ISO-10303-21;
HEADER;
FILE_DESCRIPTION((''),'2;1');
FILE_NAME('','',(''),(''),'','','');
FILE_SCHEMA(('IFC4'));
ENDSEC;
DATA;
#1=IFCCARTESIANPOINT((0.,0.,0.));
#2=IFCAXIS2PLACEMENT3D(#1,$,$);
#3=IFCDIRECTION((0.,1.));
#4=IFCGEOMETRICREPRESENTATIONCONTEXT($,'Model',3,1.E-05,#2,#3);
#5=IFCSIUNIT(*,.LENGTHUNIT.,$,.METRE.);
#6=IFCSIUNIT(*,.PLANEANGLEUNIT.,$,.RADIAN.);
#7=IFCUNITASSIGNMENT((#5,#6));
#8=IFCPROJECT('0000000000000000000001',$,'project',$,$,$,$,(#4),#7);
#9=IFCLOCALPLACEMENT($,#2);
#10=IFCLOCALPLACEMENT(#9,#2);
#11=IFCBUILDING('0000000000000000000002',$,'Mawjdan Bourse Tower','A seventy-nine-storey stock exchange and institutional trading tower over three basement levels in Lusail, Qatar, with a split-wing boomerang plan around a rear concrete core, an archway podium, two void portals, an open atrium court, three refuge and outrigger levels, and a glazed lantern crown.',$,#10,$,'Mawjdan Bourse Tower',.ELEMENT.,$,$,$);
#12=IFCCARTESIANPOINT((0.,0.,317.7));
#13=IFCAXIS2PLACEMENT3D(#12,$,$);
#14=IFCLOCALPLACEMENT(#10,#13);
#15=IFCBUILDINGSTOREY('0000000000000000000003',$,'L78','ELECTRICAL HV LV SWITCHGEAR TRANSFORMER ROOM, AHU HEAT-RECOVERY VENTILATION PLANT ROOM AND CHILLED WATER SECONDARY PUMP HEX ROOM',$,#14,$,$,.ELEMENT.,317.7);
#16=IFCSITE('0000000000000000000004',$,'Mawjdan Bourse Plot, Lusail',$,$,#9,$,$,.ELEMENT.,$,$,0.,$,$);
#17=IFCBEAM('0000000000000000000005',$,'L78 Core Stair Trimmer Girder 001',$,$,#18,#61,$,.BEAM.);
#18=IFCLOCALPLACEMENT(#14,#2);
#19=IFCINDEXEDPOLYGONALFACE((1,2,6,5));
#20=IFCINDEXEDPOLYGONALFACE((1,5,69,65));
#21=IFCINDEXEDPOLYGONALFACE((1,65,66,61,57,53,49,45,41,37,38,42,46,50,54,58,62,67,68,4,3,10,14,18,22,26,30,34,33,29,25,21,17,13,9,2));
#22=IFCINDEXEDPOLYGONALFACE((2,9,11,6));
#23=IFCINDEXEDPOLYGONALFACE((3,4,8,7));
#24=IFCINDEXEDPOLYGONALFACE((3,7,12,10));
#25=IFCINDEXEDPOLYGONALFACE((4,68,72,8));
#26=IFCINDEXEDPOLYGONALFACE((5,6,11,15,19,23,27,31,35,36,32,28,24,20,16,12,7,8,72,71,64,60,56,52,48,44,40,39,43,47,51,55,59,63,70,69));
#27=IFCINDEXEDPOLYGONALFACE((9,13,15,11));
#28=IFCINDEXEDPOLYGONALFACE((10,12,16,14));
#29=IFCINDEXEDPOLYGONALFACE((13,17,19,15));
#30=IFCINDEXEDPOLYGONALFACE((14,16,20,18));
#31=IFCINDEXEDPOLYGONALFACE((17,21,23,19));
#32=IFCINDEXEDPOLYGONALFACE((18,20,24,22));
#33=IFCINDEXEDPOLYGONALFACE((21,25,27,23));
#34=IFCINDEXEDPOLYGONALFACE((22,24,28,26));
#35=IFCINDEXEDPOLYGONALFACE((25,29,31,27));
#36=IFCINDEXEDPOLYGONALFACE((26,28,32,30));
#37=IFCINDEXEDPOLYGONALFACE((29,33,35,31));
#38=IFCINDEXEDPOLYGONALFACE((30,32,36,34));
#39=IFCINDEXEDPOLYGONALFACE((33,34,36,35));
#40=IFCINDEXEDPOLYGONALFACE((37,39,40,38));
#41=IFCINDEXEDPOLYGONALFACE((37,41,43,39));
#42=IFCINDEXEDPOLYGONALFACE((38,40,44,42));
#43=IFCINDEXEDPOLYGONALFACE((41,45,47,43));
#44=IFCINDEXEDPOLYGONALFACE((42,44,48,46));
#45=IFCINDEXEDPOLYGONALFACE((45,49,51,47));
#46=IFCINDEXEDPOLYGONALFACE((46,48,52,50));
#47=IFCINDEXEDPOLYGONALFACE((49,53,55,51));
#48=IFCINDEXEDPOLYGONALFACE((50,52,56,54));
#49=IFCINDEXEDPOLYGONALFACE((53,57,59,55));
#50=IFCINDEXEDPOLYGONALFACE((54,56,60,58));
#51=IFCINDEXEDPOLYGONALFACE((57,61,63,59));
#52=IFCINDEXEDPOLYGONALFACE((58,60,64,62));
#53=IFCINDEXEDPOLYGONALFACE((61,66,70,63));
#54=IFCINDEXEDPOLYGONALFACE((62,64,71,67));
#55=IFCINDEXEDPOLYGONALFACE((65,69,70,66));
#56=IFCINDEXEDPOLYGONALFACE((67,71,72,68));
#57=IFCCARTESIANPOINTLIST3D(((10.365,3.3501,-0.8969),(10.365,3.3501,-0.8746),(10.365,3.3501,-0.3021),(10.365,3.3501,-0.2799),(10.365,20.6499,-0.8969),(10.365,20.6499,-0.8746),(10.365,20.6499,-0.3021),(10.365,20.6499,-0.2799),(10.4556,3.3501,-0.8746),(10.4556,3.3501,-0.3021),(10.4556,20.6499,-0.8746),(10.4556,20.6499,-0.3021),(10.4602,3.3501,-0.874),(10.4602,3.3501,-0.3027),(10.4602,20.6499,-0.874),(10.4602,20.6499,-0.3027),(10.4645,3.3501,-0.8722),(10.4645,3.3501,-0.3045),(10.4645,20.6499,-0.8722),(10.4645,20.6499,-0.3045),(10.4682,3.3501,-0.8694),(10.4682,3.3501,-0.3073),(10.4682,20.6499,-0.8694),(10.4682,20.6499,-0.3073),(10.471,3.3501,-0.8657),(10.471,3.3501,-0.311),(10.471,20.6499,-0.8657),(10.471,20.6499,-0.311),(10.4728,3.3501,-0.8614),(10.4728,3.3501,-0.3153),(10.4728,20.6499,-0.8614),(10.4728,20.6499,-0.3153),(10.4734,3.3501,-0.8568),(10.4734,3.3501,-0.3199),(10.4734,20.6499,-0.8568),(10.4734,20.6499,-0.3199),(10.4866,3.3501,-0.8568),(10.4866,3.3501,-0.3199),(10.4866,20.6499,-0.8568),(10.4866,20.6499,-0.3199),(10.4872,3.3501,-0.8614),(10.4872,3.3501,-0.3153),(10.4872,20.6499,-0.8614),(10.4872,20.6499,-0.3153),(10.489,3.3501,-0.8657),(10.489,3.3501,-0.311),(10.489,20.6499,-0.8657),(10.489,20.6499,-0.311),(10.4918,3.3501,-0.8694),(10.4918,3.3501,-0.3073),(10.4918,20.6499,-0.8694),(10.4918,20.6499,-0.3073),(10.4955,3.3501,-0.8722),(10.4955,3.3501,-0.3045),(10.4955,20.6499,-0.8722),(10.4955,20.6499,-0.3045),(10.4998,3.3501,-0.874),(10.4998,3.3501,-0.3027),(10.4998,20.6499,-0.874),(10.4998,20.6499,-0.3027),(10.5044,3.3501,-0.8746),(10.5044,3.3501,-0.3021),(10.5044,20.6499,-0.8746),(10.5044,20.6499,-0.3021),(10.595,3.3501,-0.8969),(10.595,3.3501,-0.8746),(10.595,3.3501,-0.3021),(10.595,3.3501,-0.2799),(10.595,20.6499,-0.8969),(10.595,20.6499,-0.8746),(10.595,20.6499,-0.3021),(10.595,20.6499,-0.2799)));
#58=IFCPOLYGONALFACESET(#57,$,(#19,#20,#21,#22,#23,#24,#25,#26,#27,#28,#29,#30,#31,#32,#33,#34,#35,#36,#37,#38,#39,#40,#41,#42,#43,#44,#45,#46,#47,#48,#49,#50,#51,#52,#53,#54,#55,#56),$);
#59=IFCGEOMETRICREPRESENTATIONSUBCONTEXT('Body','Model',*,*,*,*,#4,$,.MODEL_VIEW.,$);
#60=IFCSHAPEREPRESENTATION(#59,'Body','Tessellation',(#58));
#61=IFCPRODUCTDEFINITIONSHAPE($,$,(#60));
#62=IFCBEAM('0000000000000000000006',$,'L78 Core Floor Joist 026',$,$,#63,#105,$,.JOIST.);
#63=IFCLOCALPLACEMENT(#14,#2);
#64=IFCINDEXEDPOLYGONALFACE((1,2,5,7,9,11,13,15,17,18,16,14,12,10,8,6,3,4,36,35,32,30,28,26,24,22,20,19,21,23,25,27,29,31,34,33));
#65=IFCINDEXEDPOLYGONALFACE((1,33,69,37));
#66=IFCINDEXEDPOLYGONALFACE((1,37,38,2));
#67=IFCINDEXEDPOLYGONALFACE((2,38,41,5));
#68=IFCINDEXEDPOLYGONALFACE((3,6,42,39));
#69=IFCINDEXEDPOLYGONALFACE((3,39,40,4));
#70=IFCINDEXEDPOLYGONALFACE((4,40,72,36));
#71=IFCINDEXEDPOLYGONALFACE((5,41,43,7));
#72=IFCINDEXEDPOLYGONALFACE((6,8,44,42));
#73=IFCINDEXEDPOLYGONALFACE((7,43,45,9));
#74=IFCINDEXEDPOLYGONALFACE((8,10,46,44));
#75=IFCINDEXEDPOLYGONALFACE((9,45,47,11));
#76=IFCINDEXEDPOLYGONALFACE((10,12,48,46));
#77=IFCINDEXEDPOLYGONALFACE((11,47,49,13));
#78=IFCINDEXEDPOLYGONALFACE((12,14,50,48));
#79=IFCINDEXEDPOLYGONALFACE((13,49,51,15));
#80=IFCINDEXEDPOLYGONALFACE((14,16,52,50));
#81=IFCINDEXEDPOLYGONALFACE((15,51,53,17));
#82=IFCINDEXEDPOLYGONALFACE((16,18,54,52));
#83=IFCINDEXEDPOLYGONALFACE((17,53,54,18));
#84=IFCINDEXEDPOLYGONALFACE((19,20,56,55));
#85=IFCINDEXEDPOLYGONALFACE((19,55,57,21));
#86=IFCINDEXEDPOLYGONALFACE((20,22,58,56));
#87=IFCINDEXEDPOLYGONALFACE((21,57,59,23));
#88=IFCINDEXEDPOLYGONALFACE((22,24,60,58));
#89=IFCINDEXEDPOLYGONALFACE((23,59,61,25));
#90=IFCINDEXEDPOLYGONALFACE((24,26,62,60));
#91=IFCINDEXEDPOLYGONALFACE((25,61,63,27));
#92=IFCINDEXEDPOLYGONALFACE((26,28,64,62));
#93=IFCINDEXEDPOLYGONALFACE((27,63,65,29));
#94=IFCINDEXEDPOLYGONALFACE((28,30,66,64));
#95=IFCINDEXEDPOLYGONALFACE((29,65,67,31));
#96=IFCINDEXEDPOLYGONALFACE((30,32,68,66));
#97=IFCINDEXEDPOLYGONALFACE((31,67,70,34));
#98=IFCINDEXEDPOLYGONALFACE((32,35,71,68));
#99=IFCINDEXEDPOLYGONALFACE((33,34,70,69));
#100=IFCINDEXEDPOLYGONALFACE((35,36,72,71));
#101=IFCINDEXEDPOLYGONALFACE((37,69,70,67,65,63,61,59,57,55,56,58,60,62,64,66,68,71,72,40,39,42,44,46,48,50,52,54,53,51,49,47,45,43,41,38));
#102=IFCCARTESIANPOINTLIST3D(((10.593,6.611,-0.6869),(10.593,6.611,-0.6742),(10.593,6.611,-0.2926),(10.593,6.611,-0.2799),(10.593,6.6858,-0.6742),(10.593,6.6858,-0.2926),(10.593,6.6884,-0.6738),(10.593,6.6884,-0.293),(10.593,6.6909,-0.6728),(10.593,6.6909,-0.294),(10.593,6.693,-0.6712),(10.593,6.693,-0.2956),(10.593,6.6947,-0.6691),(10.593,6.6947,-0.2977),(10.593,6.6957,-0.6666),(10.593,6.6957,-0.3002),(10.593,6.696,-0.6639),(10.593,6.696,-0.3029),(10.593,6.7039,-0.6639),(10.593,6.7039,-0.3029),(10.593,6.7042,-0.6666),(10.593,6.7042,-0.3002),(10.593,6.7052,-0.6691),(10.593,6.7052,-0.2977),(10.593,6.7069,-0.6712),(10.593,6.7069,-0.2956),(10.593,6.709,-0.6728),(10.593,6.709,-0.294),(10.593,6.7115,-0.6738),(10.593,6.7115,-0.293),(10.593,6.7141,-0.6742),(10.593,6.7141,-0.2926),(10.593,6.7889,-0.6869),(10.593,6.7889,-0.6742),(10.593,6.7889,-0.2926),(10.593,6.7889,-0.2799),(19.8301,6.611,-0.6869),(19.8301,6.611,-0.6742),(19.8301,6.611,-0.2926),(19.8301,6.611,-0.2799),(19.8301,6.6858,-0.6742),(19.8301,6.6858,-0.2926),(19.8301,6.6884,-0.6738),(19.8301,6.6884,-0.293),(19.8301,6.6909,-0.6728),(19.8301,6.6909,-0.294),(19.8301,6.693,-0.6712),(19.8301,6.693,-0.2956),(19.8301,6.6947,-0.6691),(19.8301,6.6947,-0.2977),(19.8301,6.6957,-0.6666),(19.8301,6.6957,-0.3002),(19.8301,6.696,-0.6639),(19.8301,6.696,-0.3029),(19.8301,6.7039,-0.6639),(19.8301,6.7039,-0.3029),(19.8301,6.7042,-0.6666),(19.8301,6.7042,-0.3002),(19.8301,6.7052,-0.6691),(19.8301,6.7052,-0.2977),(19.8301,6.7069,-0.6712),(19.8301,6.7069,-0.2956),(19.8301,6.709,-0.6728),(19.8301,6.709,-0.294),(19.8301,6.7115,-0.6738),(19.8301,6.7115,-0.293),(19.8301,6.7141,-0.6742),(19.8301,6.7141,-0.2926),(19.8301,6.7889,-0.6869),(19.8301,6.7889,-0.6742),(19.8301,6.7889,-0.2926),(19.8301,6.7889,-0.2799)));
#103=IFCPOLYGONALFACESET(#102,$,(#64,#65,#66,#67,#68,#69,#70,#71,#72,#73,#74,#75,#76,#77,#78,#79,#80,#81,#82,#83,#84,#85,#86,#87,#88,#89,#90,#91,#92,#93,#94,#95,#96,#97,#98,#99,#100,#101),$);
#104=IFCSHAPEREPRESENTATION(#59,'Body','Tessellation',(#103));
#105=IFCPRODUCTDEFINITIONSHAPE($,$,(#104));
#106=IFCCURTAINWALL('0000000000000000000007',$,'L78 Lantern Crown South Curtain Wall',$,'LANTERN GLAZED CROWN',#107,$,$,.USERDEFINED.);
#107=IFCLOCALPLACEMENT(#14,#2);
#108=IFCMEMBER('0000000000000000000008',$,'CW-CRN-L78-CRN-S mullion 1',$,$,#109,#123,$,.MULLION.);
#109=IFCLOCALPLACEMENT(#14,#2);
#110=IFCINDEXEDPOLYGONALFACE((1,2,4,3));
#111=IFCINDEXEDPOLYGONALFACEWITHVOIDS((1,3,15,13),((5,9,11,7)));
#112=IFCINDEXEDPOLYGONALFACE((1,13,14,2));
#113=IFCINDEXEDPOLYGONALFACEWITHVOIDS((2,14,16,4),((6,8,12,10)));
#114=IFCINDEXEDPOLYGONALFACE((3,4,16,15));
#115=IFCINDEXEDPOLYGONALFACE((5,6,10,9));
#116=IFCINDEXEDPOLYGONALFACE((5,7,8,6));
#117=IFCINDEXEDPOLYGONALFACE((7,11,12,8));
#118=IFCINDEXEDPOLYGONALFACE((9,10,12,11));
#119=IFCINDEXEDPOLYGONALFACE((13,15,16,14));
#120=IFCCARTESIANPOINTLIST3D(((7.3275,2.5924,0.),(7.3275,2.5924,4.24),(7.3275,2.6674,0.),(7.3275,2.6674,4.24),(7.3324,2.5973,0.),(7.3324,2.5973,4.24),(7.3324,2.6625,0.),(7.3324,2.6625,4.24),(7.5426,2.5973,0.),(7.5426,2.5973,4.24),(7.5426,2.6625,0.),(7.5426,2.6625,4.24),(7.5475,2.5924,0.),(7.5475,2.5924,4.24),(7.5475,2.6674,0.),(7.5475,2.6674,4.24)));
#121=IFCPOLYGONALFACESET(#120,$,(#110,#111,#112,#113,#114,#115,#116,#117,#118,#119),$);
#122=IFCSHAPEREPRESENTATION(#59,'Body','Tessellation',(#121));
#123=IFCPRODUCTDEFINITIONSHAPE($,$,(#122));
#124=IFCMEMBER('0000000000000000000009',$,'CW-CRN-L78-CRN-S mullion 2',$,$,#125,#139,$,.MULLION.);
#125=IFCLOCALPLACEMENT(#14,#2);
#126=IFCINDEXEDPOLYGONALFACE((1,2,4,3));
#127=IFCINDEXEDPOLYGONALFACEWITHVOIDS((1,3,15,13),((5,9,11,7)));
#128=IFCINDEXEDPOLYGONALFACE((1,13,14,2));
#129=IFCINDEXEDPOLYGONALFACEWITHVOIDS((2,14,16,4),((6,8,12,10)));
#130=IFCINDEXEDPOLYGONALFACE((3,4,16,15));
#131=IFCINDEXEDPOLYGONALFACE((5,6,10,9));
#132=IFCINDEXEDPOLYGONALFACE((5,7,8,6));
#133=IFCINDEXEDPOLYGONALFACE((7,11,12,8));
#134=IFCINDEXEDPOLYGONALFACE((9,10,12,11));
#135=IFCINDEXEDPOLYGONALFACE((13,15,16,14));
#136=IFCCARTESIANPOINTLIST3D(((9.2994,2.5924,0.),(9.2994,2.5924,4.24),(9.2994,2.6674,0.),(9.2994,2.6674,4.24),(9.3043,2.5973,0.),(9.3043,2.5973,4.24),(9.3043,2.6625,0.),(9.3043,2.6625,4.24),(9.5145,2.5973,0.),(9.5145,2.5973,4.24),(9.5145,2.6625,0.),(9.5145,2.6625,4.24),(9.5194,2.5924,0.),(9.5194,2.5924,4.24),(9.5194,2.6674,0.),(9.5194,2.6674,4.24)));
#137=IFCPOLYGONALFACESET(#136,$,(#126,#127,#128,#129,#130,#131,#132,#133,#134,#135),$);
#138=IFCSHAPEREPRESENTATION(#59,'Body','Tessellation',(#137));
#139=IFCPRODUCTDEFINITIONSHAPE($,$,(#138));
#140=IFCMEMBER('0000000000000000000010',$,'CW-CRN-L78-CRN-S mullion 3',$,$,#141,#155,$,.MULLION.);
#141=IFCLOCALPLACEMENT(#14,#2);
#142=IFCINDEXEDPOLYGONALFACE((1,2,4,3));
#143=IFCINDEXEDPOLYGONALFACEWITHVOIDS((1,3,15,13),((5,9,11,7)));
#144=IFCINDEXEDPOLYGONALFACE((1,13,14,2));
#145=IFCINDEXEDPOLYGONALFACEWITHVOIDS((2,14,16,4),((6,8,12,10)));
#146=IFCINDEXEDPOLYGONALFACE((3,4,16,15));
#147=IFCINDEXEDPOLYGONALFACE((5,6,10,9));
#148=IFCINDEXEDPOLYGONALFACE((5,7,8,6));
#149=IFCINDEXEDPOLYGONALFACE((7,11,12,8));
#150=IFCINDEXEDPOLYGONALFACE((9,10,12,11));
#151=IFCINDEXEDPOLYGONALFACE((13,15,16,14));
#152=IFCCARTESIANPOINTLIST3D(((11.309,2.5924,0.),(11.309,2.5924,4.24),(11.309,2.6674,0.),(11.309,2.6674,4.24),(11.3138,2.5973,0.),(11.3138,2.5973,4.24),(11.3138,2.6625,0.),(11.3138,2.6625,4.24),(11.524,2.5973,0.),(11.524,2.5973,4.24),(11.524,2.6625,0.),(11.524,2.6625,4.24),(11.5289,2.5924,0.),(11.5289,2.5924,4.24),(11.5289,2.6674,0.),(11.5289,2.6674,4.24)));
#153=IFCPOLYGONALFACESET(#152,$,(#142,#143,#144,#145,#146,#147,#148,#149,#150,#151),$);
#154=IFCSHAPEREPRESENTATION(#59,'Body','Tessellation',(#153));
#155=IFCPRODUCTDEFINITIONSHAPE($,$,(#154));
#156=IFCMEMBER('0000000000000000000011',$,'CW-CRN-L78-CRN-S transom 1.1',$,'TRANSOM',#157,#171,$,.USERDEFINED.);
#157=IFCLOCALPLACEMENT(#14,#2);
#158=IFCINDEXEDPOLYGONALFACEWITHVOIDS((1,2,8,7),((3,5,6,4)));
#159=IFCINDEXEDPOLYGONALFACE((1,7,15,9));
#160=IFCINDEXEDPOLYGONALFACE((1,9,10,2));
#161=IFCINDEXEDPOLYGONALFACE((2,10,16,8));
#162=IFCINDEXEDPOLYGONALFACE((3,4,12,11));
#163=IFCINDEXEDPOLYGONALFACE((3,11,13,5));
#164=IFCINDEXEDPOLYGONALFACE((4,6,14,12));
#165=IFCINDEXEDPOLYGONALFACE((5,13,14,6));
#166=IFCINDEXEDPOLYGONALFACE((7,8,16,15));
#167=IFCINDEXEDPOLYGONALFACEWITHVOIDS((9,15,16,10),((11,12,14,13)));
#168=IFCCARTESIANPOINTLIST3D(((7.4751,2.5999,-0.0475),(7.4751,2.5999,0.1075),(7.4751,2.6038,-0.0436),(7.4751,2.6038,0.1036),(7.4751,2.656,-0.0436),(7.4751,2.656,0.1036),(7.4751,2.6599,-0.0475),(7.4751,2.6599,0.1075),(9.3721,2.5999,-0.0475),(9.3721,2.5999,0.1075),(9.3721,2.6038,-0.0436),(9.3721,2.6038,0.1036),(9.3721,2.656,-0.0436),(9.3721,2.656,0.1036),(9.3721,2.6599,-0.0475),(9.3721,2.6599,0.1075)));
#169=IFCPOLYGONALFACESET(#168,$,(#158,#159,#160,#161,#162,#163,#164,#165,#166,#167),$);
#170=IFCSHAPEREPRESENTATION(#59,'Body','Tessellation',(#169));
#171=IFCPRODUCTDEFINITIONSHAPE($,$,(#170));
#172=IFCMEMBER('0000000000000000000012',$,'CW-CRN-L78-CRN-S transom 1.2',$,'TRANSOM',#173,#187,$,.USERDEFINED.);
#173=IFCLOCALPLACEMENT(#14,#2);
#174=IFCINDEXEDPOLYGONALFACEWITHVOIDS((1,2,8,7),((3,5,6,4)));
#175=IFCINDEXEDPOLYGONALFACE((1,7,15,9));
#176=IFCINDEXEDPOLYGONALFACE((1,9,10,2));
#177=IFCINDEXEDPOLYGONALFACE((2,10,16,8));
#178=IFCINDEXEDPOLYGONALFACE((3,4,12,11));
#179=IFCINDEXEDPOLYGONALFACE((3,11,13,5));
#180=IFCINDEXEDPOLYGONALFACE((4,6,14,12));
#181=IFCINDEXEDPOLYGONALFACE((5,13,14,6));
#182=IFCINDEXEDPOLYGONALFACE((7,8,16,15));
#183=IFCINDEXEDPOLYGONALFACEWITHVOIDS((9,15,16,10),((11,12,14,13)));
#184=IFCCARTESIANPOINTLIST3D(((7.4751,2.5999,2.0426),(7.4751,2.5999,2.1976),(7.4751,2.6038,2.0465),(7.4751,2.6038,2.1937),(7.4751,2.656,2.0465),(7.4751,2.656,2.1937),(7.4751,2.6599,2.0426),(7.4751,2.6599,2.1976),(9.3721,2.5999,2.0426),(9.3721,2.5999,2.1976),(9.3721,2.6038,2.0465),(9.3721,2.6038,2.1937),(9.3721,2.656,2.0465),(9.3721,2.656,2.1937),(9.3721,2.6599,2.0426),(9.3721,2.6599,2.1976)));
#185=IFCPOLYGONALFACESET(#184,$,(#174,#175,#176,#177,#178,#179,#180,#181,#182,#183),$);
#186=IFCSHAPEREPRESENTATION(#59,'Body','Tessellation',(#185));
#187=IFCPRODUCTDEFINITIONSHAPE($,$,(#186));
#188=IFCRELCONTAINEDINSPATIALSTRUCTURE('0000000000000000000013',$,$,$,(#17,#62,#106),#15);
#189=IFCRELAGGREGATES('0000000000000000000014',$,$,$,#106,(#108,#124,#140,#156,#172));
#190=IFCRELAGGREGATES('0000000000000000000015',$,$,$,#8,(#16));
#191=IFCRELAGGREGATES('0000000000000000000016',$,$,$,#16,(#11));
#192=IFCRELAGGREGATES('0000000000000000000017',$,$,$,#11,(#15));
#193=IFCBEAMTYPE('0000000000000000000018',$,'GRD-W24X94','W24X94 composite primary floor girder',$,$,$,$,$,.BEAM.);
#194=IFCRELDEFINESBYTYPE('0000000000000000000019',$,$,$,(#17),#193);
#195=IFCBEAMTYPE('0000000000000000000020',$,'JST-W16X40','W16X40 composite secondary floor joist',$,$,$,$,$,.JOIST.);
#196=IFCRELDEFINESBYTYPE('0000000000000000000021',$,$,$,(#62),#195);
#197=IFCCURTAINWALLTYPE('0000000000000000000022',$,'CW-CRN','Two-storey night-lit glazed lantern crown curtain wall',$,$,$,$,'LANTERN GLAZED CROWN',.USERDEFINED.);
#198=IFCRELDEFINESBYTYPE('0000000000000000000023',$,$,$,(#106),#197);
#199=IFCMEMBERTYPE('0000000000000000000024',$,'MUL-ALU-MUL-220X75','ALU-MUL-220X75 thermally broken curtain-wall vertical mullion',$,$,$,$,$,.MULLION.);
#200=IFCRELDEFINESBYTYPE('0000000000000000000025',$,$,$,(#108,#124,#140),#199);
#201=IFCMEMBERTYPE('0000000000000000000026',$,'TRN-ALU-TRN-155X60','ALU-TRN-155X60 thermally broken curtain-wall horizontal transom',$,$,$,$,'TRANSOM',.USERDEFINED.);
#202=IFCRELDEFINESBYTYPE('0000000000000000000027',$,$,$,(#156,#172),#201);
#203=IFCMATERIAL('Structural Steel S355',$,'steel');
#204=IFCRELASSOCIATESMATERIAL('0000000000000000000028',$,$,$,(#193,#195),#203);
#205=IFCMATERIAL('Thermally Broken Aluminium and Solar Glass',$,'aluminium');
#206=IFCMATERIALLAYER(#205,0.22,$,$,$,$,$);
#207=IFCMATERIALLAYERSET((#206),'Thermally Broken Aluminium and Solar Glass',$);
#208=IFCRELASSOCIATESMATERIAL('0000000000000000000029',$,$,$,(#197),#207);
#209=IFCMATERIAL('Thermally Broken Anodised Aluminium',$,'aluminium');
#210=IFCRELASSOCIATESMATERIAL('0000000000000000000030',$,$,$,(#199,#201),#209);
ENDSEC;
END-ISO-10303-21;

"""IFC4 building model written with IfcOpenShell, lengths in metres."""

from ifc_helpers import new_model, si_unit, direction, frame, origin, origin_2d, place, context, subcontext, project, spatial, hollow_rectangle, i_section, extrude, material, layer, layer_set, material_profile, profile_set, type_object, element, aggregate, save


model = new_model("IFC4")

# Units and contexts
model_context = context("Model", 3, precision=1e-05, world=origin(), true_north=direction((0.0, 1.0)))
body_context = subcontext(model_context, "Body", "Model", "MODEL_VIEW")
ifc_project = project(units=[si_unit("LENGTHUNIT", "METRE"), si_unit("PLANEANGLEUNIT", "RADIAN")], contexts=[model_context])

# Site, building, storey
site_placement = place(None, origin())
site = spatial("IfcSite", under=ifc_project, at=site_placement, Name="Mawjdan Bourse Plot, Lusail", CompositionType="ELEMENT", RefElevation=0.0)
building_placement = place(site_placement, origin())
building = spatial("IfcBuilding", under=site, at=building_placement, Name="Mawjdan Bourse Tower", Description="A seventy-nine-storey stock exchange and institutional trading tower over three basement levels in Lusail, Qatar, with a split-wing boomerang plan around a rear concrete core, an archway podium, two void portals, an open atrium court, three refuge and outrigger levels, and a glazed lantern crown.", LongName="Mawjdan Bourse Tower", CompositionType="ELEMENT")
storey_placement = place(building_placement, frame((0.0, 0.0, 317.7)))
storey = spatial("IfcBuildingStorey", under=building, at=storey_placement, Name="L78", Description="ELECTRICAL HV LV SWITCHGEAR TRANSFORMER ROOM, AHU HEAT-RECOVERY VENTILATION PLANT ROOM AND CHILLED WATER SECONDARY PUMP HEX ROOM", CompositionType="ELEMENT", Elevation=317.7)

# Beams
ifc_material_1 = material(Name="Structural Steel S355", Category="steel")
ifc_material_profile_1 = material_profile(ifc_material_1, i_section(OverallWidth=0.23, OverallDepth=0.6169, WebThickness=0.0132, FlangeThickness=0.0222, FilletRadius=0.0178, at=origin_2d()), Name="W24X94")
ifc_profile_set_1 = profile_set([ifc_material_profile_1], Name="Structural Steel S355")
beam_type_1 = type_object("IfcBeamType", Name="GRD-W24X94", Description="W24X94 composite primary floor girder", PredefinedType="BEAM", material=ifc_profile_set_1)
beam_1_placement = place(storey_placement, frame((10.48, 3.3501, -0.5884), z_axis=(0.0, 1.0, 0.0), x_axis=(-1.0, 0.0, 0.0)))
element("IfcBeam", 1, at=beam_1_placement, inside=storey, type_object=beam_type_1, Name="L78 Core Stair Trimmer Girder 001", PredefinedType="BEAM", context=body_context, shape_type="SweptSolid", body=[
    extrude(i_section(OverallWidth=0.23, OverallDepth=0.6169, WebThickness=0.0132, FlangeThickness=0.0222, FilletRadius=0.0178, at=origin_2d()), origin(), (0.0, 0.0, 1.0), 17.2998),
])
ifc_material_profile_2 = material_profile(ifc_material_1, i_section(OverallWidth=0.178, OverallDepth=0.407, WebThickness=0.0078, FlangeThickness=0.0127, FilletRadius=0.0103, at=origin_2d()), Name="W16X40")
ifc_profile_set_2 = profile_set([ifc_material_profile_2], Name="Structural Steel S355")
beam_type_2 = type_object("IfcBeamType", Name="JST-W16X40", Description="W16X40 composite secondary floor joist", PredefinedType="JOIST", material=ifc_profile_set_2)
beam_2_placement = place(storey_placement, frame((10.593, 6.7, -0.4834), z_axis=(1.0, 0.0, 0.0), x_axis=(0.0, 1.0, 0.0)))
element("IfcBeam", 2, at=beam_2_placement, inside=storey, type_object=beam_type_2, Name="L78 Core Floor Joist 026", PredefinedType="JOIST", context=body_context, shape_type="SweptSolid", body=[
    extrude(i_section(OverallWidth=0.178, OverallDepth=0.407, WebThickness=0.0078, FlangeThickness=0.0127, FilletRadius=0.0103, at=origin_2d()), origin(), (0.0, 0.0, 1.0), 9.2371),
])

# Curtain wall, members
ifc_material_2 = material(Name="Thermally Broken Aluminium and Solar Glass", Category="aluminium")
ifc_layer_1 = layer(ifc_material_2, 0.22)
ifc_layer_set_1 = layer_set([ifc_layer_1], Name="Thermally Broken Aluminium and Solar Glass")
curtain_wall_type = type_object("IfcCurtainWallType", Name="CW-CRN", Description="Two-storey night-lit glazed lantern crown curtain wall", ElementType="LANTERN GLAZED CROWN", PredefinedType="USERDEFINED", material=ifc_layer_set_1)
curtain_wall_placement = place(storey_placement, origin())
curtain_wall = element("IfcCurtainWall", 3, at=curtain_wall_placement, inside=storey, type_object=curtain_wall_type, Name="L78 Lantern Crown South Curtain Wall", ObjectType="LANTERN GLAZED CROWN", PredefinedType="USERDEFINED")
ifc_material_3 = material(Name="Thermally Broken Anodised Aluminium", Category="aluminium")
ifc_material_profile_3 = material_profile(ifc_material_3, hollow_rectangle(XDim=0.075, YDim=0.22, WallThickness=0.0049, at=origin_2d()), Name="ALU-MUL-220X75")
ifc_profile_set_3 = profile_set([ifc_material_profile_3], Name="Thermally Broken Anodised Aluminium")
member_type_1 = type_object("IfcMemberType", Name="MUL-ALU-MUL-220X75", Description="ALU-MUL-220X75 thermally broken curtain-wall vertical mullion", PredefinedType="MULLION", material=ifc_profile_set_3)
member_1_placement = place(storey_placement, frame((7.4375, 2.6299, 0.0), z_axis=(0.0, 0.0, 1.0), x_axis=(0.0, 1.0, 0.0)))
member_1 = element("IfcMember", 4, at=member_1_placement, type_object=member_type_1, Name="CW-CRN-L78-CRN-S mullion 1", PredefinedType="MULLION", context=body_context, shape_type="SweptSolid", body=[
    extrude(hollow_rectangle(XDim=0.075, YDim=0.22, WallThickness=0.0049, at=origin_2d()), origin(), (0.0, 0.0, 1.0), 4.24),
])
member_2_placement = place(storey_placement, frame((9.4094, 2.6299, 0.0), z_axis=(0.0, 0.0, 1.0), x_axis=(0.0, 1.0, 0.0)))
member_2 = element("IfcMember", 5, at=member_2_placement, type_object=member_type_1, Name="CW-CRN-L78-CRN-S mullion 2", PredefinedType="MULLION", context=body_context, shape_type="SweptSolid", body=[
    extrude(hollow_rectangle(XDim=0.075, YDim=0.22, WallThickness=0.0049, at=origin_2d()), origin(), (0.0, 0.0, 1.0), 4.24),
])
member_3_placement = place(storey_placement, frame((11.4189, 2.6299, 0.0), z_axis=(0.0, 0.0, 1.0), x_axis=(0.0, 1.0, 0.0)))
member_3 = element("IfcMember", 6, at=member_3_placement, type_object=member_type_1, Name="CW-CRN-L78-CRN-S mullion 3", PredefinedType="MULLION", context=body_context, shape_type="SweptSolid", body=[
    extrude(hollow_rectangle(XDim=0.075, YDim=0.22, WallThickness=0.0049, at=origin_2d()), origin(), (0.0, 0.0, 1.0), 4.24),
])
ifc_material_profile_4 = material_profile(ifc_material_3, hollow_rectangle(XDim=0.0601, YDim=0.155, WallThickness=0.0039, at=origin_2d()), Name="ALU-TRN-155X60")
ifc_profile_set_4 = profile_set([ifc_material_profile_4], Name="Thermally Broken Anodised Aluminium")
member_type_2 = type_object("IfcMemberType", Name="TRN-ALU-TRN-155X60", Description="ALU-TRN-155X60 thermally broken curtain-wall horizontal transom", ElementType="TRANSOM", PredefinedType="USERDEFINED", material=ifc_profile_set_4)
member_4_placement = place(storey_placement, frame((7.4751, 2.6299, 0.03), z_axis=(1.0, 0.0, 0.0), x_axis=(0.0, 1.0, 0.0)))
member_4 = element("IfcMember", 7, at=member_4_placement, type_object=member_type_2, Name="CW-CRN-L78-CRN-S transom 1.1", ObjectType="TRANSOM", PredefinedType="USERDEFINED", context=body_context, shape_type="SweptSolid", body=[
    extrude(hollow_rectangle(XDim=0.0601, YDim=0.155, WallThickness=0.0039, at=origin_2d()), origin(), (0.0, 0.0, 1.0), 1.897),
])
member_5_placement = place(storey_placement, frame((7.4751, 2.6299, 2.1201), z_axis=(1.0, 0.0, 0.0), x_axis=(0.0, 1.0, 0.0)))
member_5 = element("IfcMember", 8, at=member_5_placement, type_object=member_type_2, Name="CW-CRN-L78-CRN-S transom 1.2", ObjectType="TRANSOM", PredefinedType="USERDEFINED", context=body_context, shape_type="SweptSolid", body=[
    extrude(hollow_rectangle(XDim=0.0601, YDim=0.155, WallThickness=0.0039, at=origin_2d()), origin(), (0.0, 0.0, 1.0), 1.897),
])
aggregate(curtain_wall, [member_1, member_2, member_3, member_4, member_5])

save(model, "model.ifc")
